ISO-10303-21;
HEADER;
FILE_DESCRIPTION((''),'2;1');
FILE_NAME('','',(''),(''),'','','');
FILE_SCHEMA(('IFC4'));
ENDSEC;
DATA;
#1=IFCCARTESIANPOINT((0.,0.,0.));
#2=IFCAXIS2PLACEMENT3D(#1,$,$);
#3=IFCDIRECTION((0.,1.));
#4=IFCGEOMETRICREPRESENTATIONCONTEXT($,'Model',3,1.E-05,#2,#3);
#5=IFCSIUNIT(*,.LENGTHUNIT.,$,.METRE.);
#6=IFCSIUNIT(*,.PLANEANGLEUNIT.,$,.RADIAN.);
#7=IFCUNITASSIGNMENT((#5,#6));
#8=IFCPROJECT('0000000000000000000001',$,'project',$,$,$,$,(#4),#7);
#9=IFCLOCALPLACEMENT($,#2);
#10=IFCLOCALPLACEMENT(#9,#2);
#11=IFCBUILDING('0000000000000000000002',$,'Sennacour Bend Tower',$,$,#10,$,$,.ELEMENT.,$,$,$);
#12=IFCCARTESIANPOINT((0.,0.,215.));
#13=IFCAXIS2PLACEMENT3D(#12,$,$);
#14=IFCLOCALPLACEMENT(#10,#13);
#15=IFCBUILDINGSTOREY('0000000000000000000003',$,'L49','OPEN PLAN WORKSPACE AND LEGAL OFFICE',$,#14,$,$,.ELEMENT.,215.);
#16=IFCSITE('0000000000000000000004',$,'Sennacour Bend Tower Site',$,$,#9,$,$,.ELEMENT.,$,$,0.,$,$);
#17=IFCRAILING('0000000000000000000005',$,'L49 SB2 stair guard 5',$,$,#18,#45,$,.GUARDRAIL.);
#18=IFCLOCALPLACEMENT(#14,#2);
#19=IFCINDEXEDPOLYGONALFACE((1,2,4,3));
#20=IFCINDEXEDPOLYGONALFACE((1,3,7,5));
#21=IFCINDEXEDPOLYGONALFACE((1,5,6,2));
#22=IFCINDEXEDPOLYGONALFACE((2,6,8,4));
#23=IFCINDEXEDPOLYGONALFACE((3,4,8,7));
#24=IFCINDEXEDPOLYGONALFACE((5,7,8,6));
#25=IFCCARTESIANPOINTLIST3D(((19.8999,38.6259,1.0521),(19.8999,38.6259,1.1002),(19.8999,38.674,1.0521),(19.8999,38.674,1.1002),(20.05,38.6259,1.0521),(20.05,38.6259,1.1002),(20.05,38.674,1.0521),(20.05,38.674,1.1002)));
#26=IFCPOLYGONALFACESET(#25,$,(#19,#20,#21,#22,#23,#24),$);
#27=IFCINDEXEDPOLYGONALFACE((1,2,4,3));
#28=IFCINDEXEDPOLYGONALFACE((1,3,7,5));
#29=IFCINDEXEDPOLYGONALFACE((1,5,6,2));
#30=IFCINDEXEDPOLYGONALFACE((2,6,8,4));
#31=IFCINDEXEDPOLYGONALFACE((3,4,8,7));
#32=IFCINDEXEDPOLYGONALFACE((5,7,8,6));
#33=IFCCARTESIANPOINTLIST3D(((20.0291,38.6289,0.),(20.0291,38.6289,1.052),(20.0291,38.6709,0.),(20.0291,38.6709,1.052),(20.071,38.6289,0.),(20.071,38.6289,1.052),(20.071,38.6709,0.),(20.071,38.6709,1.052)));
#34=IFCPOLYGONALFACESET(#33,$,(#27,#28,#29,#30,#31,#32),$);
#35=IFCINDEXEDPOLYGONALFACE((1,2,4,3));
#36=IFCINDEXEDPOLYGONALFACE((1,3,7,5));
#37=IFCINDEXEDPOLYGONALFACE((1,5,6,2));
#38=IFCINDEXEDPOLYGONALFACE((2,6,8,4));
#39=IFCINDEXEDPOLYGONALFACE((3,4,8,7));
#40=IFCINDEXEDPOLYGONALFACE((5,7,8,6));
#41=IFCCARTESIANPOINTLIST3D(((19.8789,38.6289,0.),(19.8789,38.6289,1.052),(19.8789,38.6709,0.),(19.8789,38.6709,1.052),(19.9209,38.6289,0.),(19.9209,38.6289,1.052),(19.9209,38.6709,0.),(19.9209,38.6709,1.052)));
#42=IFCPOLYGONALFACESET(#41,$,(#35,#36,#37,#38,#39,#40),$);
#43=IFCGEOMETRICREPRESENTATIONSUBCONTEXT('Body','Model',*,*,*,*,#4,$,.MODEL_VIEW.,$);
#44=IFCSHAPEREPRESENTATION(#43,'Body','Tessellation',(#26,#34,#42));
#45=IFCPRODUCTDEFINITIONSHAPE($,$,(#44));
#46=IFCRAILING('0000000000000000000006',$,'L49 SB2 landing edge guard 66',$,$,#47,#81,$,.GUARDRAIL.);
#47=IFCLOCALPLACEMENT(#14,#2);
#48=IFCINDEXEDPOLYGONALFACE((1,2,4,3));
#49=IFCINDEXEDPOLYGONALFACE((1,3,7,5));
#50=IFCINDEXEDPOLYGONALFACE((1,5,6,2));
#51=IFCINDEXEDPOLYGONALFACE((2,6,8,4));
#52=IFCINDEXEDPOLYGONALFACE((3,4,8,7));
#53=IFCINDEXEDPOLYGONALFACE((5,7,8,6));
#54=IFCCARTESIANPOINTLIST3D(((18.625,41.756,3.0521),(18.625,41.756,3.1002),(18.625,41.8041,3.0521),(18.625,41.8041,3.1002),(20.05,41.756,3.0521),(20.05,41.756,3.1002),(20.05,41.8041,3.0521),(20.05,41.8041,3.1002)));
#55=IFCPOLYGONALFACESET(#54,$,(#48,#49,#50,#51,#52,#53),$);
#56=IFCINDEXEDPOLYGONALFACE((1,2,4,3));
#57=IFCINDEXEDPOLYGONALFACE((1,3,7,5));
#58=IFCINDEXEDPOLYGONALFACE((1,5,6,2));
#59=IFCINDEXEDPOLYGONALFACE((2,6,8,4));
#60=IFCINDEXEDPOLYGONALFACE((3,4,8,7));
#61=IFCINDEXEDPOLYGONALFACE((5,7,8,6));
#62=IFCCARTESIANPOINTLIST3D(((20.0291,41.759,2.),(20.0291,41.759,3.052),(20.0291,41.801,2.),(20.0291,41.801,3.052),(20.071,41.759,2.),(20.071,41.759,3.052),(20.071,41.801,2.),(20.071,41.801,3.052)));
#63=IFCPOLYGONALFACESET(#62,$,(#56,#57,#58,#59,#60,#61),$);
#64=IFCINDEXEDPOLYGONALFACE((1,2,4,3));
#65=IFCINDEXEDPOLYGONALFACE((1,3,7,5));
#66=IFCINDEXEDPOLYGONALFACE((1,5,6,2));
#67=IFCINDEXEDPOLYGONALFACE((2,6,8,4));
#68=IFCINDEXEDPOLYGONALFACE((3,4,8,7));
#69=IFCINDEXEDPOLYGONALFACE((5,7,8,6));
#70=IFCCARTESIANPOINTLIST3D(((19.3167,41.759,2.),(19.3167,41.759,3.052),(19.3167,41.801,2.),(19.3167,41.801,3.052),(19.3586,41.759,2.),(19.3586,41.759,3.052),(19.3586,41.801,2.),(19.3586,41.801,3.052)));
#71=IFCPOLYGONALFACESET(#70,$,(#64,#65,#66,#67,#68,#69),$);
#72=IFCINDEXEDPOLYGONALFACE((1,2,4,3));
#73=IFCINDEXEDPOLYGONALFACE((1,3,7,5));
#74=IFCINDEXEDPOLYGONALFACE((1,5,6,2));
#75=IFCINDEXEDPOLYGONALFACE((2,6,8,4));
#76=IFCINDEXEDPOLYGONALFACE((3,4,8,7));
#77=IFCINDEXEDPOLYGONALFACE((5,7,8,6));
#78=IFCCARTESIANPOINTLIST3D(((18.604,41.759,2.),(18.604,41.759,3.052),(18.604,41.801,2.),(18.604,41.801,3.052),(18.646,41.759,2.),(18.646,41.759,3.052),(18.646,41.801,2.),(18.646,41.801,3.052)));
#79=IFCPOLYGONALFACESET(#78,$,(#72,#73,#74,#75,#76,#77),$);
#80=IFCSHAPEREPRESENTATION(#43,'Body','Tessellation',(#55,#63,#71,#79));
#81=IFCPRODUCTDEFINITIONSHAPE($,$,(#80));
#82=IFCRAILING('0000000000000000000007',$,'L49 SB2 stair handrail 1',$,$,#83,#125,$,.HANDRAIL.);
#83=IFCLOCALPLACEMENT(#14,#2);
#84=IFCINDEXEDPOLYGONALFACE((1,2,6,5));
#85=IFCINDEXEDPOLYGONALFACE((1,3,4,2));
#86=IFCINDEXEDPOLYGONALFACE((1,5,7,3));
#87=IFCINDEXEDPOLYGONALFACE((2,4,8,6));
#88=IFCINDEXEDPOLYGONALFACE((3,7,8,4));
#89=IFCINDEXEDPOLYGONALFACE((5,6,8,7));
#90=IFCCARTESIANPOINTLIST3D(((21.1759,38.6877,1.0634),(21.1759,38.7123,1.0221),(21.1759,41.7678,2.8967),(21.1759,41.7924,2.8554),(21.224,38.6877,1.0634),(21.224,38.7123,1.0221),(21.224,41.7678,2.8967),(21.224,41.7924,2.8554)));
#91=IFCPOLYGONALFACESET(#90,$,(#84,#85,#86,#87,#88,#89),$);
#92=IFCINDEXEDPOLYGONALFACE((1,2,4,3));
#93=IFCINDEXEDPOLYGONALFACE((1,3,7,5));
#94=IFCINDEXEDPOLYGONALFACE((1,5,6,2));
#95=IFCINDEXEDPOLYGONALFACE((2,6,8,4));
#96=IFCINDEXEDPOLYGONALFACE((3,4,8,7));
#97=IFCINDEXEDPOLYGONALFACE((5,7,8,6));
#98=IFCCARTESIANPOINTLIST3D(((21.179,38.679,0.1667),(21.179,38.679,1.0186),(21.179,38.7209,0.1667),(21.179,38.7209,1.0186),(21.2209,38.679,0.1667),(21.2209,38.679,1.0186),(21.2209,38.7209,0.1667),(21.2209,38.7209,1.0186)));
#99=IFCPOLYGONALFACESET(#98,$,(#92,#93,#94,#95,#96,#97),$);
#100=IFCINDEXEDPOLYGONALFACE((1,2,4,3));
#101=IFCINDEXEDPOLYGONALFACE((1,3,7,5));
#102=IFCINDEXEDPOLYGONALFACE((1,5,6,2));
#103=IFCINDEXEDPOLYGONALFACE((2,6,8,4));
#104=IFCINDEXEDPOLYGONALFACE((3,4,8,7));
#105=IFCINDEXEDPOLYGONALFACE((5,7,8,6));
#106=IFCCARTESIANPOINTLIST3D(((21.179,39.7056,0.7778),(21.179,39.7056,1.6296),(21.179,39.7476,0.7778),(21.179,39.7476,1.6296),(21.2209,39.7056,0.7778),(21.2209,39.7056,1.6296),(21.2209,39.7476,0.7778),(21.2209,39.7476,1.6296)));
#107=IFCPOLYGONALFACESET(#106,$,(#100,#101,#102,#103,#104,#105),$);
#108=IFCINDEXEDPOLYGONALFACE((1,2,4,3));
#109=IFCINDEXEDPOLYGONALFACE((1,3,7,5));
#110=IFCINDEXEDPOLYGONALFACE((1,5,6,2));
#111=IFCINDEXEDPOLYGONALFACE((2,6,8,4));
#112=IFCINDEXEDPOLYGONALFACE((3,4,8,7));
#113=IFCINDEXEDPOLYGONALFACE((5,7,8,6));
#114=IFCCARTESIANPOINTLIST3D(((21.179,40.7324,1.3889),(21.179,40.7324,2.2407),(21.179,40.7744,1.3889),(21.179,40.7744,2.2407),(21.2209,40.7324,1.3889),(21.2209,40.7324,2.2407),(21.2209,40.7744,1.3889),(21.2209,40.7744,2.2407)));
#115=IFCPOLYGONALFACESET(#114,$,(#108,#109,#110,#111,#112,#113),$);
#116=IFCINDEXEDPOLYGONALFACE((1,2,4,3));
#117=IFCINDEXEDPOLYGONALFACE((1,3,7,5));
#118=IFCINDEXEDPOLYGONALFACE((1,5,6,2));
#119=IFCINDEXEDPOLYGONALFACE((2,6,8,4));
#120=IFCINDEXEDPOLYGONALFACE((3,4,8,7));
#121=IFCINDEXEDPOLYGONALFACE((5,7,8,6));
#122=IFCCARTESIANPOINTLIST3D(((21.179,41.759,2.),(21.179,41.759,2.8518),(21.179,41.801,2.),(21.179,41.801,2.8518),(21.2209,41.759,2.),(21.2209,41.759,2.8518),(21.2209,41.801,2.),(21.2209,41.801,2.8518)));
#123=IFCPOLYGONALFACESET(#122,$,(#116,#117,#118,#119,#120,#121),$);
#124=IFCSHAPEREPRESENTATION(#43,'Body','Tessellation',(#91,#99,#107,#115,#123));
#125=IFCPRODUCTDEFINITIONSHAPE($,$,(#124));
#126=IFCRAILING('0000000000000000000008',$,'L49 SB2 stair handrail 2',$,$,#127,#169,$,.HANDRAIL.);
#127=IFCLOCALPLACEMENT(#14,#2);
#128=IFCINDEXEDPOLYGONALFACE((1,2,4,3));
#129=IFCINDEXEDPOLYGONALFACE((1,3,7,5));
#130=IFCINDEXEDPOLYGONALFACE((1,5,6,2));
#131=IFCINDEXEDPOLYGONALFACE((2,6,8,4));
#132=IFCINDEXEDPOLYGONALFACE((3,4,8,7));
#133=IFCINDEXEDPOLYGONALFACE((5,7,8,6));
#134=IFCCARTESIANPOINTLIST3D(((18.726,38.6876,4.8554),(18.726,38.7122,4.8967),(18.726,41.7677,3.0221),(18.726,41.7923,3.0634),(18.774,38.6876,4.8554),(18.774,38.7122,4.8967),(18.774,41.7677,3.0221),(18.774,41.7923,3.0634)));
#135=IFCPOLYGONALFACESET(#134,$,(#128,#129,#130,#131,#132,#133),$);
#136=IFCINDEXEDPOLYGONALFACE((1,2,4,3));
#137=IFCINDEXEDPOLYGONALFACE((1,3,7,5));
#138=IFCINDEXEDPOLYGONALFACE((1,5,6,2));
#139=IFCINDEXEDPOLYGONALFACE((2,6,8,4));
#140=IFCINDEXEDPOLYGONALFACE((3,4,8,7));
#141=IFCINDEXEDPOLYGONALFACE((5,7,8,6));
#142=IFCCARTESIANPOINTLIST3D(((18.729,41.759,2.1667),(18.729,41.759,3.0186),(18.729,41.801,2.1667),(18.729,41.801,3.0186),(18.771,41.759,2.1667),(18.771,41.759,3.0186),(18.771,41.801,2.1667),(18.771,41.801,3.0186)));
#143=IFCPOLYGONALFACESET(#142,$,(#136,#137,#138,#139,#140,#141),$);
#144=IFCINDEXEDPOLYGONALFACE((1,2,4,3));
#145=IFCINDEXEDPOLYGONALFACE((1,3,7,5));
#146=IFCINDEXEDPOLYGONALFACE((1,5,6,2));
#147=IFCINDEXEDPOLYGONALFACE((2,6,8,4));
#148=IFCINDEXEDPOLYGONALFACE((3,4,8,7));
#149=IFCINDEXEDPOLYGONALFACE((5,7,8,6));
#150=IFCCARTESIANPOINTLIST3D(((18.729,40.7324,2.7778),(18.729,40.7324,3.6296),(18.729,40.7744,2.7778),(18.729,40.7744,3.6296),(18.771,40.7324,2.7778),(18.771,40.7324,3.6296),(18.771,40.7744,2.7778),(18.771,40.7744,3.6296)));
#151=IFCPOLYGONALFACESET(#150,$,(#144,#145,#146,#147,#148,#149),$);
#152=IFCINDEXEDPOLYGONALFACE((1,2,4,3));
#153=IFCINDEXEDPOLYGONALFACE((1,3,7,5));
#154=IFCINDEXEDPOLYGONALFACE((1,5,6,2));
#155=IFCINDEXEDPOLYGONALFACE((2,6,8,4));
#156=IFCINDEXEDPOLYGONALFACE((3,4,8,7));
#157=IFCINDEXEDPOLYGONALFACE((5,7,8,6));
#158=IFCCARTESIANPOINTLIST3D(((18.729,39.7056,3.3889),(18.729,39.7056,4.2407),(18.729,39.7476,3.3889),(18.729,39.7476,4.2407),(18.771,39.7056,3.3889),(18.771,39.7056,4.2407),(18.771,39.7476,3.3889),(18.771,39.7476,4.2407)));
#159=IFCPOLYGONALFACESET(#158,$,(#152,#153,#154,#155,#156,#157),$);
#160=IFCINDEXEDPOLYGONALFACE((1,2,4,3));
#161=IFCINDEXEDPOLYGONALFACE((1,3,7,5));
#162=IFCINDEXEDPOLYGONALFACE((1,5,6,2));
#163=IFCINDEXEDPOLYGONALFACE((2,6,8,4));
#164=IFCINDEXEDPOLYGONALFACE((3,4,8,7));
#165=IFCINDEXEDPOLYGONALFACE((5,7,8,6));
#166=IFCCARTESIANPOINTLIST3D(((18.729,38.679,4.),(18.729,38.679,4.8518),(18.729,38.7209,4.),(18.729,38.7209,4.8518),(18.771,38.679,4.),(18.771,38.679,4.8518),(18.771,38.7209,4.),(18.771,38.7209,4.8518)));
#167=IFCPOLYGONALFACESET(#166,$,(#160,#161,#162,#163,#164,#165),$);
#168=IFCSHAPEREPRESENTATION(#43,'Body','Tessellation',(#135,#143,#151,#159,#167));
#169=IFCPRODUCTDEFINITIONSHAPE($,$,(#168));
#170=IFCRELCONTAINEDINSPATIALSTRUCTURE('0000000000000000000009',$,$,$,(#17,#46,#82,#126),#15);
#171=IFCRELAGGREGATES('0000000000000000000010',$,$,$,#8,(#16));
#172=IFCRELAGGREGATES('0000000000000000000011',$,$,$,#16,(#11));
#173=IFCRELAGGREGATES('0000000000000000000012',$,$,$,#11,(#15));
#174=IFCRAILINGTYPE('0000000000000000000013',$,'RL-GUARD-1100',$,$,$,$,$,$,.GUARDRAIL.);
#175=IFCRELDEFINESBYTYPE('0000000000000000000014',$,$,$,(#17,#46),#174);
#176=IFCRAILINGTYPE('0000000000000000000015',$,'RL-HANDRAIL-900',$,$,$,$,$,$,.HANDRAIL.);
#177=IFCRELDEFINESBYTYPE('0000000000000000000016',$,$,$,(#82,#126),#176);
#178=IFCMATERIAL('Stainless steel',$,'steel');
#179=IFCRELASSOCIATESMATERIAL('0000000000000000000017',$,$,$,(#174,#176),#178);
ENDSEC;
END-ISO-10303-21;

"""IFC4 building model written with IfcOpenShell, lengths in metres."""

from ifc_helpers import new_model, si_unit, direction, frame, origin, origin_2d, place, context, subcontext, project, spatial, rectangle, extrude, material, type_object, element, save


model = new_model("IFC4")

# Units and contexts
model_context = context("Model", 3, precision=1e-05, world=origin(), true_north=direction((0.0, 1.0)))
body_context = subcontext(model_context, "Body", "Model", "MODEL_VIEW")
ifc_project = project(units=[si_unit("LENGTHUNIT", "METRE"), si_unit("PLANEANGLEUNIT", "RADIAN")], contexts=[model_context])

# Site, building, storey
site_placement = place(None, origin())
site = spatial("IfcSite", under=ifc_project, at=site_placement, Name="Sennacour Bend Tower Site", CompositionType="ELEMENT", RefElevation=0.0)
building_placement = place(site_placement, origin())
building = spatial("IfcBuilding", under=site, at=building_placement, Name="Sennacour Bend Tower", CompositionType="ELEMENT")
storey_placement = place(building_placement, frame((0.0, 0.0, 215.0)))
storey = spatial("IfcBuildingStorey", under=building, at=storey_placement, Name="L49", Description="OPEN PLAN WORKSPACE AND LEGAL OFFICE", CompositionType="ELEMENT", Elevation=215.0)

# Shared definitions
ifc_material_1 = material(Name="Stainless steel", Category="steel")

# Railings
railing_type_1 = type_object("IfcRailingType", Name="RL-GUARD-1100", PredefinedType="GUARDRAIL", material=ifc_material_1)
railing_1_placement = place(storey_placement, frame((20.05, 38.6499, 0.0)))
element("IfcRailing", 1, at=railing_1_placement, inside=storey, type_object=railing_type_1, Name="L49 SB2 stair guard 5", PredefinedType="GUARDRAIL", context=body_context, shape_type="SweptSolid", body=[
    extrude(rectangle(XDim=0.0481, YDim=0.0481, at=origin_2d()), frame((0.0, 0.0, 1.0762), z_axis=(-1.0, 0.0, 0.0), x_axis=(0.0, -1.0, 0.0)), (0.0, 0.0, 1.0), 0.1501),
    extrude(rectangle(XDim=0.042, YDim=0.042, at=origin_2d()), origin(), (0.0, 0.0, 1.0), 1.052),
    extrude(rectangle(XDim=0.042, YDim=0.042, at=origin_2d()), frame((-0.1501, 0.0, 0.0)), (0.0, 0.0, 1.0), 1.052),
])
railing_2_placement = place(storey_placement, frame((20.05, 41.78, 2.0)))
element("IfcRailing", 2, at=railing_2_placement, inside=storey, type_object=railing_type_1, Name="L49 SB2 landing edge guard 66", PredefinedType="GUARDRAIL", context=body_context, shape_type="SweptSolid", body=[
    extrude(rectangle(XDim=0.0481, YDim=0.0481, at=origin_2d()), frame((0.0, 0.0, 1.0762), z_axis=(-1.0, 0.0, 0.0), x_axis=(0.0, -1.0, 0.0)), (0.0, 0.0, 1.0), 1.425),
    extrude(rectangle(XDim=0.042, YDim=0.042, at=origin_2d()), origin(), (0.0, 0.0, 1.0), 1.052),
    extrude(rectangle(XDim=0.042, YDim=0.042, at=origin_2d()), frame((-0.7124, 0.0, 0.0)), (0.0, 0.0, 1.0), 1.052),
    extrude(rectangle(XDim=0.042, YDim=0.042, at=origin_2d()), frame((-1.425, 0.0, 0.0)), (0.0, 0.0, 1.0), 1.052),
])
railing_type_2 = type_object("IfcRailingType", Name="RL-HANDRAIL-900", PredefinedType="HANDRAIL", material=ifc_material_1)
railing_3_placement = place(storey_placement, frame((21.2, 38.7, 0.1667)))
element("IfcRailing", 3, at=railing_3_placement, inside=storey, type_object=railing_type_2, Name="L49 SB2 stair handrail 1", PredefinedType="HANDRAIL", context=body_context, shape_type="SweptSolid", body=[
    extrude(rectangle(XDim=0.0481, YDim=0.0481, at=origin_2d()), frame((0.0, 0.0, 0.876), z_axis=(0.0, 0.859309, 0.511458), x_axis=(-1.0, 0.0, 0.0)), (0.0, 0.0, 1.0), 3.5845),
    extrude(rectangle(XDim=0.042, YDim=0.042, at=origin_2d()), origin(), (0.0, 0.0, 1.0), 0.8518),
    extrude(rectangle(XDim=0.042, YDim=0.042, at=origin_2d()), frame((0.0, 1.0266, 0.6111)), (0.0, 0.0, 1.0), 0.8518),
    extrude(rectangle(XDim=0.042, YDim=0.042, at=origin_2d()), frame((0.0, 2.0535, 1.2222)), (0.0, 0.0, 1.0), 0.8518),
    extrude(rectangle(XDim=0.042, YDim=0.042, at=origin_2d()), frame((0.0, 3.0801, 1.8333)), (0.0, 0.0, 1.0), 0.8518),
])
railing_4_placement = place(storey_placement, frame((18.75, 41.78, 2.1667)))
element("IfcRailing", 4, at=railing_4_placement, inside=storey, type_object=railing_type_2, Name="L49 SB2 stair handrail 2", PredefinedType="HANDRAIL", context=body_context, shape_type="SweptSolid", body=[
    extrude(rectangle(XDim=0.0481, YDim=0.0481, at=origin_2d()), frame((0.0, 0.0, 0.876), z_axis=(0.0, -0.859309, 0.511458), x_axis=(1.0, 0.0, 0.0)), (0.0, 0.0, 1.0), 3.5845),
    extrude(rectangle(XDim=0.042, YDim=0.042, at=origin_2d()), origin(), (0.0, 0.0, 1.0), 0.8518),
    extrude(rectangle(XDim=0.042, YDim=0.042, at=origin_2d()), frame((0.0, -1.0266, 0.6111)), (0.0, 0.0, 1.0), 0.8518),
    extrude(rectangle(XDim=0.042, YDim=0.042, at=origin_2d()), frame((0.0, -2.0535, 1.2222)), (0.0, 0.0, 1.0), 0.8518),
    extrude(rectangle(XDim=0.042, YDim=0.042, at=origin_2d()), frame((0.0, -3.0801, 1.8333)), (0.0, 0.0, 1.0), 0.8518),
])

save(model, "model.ifc")
